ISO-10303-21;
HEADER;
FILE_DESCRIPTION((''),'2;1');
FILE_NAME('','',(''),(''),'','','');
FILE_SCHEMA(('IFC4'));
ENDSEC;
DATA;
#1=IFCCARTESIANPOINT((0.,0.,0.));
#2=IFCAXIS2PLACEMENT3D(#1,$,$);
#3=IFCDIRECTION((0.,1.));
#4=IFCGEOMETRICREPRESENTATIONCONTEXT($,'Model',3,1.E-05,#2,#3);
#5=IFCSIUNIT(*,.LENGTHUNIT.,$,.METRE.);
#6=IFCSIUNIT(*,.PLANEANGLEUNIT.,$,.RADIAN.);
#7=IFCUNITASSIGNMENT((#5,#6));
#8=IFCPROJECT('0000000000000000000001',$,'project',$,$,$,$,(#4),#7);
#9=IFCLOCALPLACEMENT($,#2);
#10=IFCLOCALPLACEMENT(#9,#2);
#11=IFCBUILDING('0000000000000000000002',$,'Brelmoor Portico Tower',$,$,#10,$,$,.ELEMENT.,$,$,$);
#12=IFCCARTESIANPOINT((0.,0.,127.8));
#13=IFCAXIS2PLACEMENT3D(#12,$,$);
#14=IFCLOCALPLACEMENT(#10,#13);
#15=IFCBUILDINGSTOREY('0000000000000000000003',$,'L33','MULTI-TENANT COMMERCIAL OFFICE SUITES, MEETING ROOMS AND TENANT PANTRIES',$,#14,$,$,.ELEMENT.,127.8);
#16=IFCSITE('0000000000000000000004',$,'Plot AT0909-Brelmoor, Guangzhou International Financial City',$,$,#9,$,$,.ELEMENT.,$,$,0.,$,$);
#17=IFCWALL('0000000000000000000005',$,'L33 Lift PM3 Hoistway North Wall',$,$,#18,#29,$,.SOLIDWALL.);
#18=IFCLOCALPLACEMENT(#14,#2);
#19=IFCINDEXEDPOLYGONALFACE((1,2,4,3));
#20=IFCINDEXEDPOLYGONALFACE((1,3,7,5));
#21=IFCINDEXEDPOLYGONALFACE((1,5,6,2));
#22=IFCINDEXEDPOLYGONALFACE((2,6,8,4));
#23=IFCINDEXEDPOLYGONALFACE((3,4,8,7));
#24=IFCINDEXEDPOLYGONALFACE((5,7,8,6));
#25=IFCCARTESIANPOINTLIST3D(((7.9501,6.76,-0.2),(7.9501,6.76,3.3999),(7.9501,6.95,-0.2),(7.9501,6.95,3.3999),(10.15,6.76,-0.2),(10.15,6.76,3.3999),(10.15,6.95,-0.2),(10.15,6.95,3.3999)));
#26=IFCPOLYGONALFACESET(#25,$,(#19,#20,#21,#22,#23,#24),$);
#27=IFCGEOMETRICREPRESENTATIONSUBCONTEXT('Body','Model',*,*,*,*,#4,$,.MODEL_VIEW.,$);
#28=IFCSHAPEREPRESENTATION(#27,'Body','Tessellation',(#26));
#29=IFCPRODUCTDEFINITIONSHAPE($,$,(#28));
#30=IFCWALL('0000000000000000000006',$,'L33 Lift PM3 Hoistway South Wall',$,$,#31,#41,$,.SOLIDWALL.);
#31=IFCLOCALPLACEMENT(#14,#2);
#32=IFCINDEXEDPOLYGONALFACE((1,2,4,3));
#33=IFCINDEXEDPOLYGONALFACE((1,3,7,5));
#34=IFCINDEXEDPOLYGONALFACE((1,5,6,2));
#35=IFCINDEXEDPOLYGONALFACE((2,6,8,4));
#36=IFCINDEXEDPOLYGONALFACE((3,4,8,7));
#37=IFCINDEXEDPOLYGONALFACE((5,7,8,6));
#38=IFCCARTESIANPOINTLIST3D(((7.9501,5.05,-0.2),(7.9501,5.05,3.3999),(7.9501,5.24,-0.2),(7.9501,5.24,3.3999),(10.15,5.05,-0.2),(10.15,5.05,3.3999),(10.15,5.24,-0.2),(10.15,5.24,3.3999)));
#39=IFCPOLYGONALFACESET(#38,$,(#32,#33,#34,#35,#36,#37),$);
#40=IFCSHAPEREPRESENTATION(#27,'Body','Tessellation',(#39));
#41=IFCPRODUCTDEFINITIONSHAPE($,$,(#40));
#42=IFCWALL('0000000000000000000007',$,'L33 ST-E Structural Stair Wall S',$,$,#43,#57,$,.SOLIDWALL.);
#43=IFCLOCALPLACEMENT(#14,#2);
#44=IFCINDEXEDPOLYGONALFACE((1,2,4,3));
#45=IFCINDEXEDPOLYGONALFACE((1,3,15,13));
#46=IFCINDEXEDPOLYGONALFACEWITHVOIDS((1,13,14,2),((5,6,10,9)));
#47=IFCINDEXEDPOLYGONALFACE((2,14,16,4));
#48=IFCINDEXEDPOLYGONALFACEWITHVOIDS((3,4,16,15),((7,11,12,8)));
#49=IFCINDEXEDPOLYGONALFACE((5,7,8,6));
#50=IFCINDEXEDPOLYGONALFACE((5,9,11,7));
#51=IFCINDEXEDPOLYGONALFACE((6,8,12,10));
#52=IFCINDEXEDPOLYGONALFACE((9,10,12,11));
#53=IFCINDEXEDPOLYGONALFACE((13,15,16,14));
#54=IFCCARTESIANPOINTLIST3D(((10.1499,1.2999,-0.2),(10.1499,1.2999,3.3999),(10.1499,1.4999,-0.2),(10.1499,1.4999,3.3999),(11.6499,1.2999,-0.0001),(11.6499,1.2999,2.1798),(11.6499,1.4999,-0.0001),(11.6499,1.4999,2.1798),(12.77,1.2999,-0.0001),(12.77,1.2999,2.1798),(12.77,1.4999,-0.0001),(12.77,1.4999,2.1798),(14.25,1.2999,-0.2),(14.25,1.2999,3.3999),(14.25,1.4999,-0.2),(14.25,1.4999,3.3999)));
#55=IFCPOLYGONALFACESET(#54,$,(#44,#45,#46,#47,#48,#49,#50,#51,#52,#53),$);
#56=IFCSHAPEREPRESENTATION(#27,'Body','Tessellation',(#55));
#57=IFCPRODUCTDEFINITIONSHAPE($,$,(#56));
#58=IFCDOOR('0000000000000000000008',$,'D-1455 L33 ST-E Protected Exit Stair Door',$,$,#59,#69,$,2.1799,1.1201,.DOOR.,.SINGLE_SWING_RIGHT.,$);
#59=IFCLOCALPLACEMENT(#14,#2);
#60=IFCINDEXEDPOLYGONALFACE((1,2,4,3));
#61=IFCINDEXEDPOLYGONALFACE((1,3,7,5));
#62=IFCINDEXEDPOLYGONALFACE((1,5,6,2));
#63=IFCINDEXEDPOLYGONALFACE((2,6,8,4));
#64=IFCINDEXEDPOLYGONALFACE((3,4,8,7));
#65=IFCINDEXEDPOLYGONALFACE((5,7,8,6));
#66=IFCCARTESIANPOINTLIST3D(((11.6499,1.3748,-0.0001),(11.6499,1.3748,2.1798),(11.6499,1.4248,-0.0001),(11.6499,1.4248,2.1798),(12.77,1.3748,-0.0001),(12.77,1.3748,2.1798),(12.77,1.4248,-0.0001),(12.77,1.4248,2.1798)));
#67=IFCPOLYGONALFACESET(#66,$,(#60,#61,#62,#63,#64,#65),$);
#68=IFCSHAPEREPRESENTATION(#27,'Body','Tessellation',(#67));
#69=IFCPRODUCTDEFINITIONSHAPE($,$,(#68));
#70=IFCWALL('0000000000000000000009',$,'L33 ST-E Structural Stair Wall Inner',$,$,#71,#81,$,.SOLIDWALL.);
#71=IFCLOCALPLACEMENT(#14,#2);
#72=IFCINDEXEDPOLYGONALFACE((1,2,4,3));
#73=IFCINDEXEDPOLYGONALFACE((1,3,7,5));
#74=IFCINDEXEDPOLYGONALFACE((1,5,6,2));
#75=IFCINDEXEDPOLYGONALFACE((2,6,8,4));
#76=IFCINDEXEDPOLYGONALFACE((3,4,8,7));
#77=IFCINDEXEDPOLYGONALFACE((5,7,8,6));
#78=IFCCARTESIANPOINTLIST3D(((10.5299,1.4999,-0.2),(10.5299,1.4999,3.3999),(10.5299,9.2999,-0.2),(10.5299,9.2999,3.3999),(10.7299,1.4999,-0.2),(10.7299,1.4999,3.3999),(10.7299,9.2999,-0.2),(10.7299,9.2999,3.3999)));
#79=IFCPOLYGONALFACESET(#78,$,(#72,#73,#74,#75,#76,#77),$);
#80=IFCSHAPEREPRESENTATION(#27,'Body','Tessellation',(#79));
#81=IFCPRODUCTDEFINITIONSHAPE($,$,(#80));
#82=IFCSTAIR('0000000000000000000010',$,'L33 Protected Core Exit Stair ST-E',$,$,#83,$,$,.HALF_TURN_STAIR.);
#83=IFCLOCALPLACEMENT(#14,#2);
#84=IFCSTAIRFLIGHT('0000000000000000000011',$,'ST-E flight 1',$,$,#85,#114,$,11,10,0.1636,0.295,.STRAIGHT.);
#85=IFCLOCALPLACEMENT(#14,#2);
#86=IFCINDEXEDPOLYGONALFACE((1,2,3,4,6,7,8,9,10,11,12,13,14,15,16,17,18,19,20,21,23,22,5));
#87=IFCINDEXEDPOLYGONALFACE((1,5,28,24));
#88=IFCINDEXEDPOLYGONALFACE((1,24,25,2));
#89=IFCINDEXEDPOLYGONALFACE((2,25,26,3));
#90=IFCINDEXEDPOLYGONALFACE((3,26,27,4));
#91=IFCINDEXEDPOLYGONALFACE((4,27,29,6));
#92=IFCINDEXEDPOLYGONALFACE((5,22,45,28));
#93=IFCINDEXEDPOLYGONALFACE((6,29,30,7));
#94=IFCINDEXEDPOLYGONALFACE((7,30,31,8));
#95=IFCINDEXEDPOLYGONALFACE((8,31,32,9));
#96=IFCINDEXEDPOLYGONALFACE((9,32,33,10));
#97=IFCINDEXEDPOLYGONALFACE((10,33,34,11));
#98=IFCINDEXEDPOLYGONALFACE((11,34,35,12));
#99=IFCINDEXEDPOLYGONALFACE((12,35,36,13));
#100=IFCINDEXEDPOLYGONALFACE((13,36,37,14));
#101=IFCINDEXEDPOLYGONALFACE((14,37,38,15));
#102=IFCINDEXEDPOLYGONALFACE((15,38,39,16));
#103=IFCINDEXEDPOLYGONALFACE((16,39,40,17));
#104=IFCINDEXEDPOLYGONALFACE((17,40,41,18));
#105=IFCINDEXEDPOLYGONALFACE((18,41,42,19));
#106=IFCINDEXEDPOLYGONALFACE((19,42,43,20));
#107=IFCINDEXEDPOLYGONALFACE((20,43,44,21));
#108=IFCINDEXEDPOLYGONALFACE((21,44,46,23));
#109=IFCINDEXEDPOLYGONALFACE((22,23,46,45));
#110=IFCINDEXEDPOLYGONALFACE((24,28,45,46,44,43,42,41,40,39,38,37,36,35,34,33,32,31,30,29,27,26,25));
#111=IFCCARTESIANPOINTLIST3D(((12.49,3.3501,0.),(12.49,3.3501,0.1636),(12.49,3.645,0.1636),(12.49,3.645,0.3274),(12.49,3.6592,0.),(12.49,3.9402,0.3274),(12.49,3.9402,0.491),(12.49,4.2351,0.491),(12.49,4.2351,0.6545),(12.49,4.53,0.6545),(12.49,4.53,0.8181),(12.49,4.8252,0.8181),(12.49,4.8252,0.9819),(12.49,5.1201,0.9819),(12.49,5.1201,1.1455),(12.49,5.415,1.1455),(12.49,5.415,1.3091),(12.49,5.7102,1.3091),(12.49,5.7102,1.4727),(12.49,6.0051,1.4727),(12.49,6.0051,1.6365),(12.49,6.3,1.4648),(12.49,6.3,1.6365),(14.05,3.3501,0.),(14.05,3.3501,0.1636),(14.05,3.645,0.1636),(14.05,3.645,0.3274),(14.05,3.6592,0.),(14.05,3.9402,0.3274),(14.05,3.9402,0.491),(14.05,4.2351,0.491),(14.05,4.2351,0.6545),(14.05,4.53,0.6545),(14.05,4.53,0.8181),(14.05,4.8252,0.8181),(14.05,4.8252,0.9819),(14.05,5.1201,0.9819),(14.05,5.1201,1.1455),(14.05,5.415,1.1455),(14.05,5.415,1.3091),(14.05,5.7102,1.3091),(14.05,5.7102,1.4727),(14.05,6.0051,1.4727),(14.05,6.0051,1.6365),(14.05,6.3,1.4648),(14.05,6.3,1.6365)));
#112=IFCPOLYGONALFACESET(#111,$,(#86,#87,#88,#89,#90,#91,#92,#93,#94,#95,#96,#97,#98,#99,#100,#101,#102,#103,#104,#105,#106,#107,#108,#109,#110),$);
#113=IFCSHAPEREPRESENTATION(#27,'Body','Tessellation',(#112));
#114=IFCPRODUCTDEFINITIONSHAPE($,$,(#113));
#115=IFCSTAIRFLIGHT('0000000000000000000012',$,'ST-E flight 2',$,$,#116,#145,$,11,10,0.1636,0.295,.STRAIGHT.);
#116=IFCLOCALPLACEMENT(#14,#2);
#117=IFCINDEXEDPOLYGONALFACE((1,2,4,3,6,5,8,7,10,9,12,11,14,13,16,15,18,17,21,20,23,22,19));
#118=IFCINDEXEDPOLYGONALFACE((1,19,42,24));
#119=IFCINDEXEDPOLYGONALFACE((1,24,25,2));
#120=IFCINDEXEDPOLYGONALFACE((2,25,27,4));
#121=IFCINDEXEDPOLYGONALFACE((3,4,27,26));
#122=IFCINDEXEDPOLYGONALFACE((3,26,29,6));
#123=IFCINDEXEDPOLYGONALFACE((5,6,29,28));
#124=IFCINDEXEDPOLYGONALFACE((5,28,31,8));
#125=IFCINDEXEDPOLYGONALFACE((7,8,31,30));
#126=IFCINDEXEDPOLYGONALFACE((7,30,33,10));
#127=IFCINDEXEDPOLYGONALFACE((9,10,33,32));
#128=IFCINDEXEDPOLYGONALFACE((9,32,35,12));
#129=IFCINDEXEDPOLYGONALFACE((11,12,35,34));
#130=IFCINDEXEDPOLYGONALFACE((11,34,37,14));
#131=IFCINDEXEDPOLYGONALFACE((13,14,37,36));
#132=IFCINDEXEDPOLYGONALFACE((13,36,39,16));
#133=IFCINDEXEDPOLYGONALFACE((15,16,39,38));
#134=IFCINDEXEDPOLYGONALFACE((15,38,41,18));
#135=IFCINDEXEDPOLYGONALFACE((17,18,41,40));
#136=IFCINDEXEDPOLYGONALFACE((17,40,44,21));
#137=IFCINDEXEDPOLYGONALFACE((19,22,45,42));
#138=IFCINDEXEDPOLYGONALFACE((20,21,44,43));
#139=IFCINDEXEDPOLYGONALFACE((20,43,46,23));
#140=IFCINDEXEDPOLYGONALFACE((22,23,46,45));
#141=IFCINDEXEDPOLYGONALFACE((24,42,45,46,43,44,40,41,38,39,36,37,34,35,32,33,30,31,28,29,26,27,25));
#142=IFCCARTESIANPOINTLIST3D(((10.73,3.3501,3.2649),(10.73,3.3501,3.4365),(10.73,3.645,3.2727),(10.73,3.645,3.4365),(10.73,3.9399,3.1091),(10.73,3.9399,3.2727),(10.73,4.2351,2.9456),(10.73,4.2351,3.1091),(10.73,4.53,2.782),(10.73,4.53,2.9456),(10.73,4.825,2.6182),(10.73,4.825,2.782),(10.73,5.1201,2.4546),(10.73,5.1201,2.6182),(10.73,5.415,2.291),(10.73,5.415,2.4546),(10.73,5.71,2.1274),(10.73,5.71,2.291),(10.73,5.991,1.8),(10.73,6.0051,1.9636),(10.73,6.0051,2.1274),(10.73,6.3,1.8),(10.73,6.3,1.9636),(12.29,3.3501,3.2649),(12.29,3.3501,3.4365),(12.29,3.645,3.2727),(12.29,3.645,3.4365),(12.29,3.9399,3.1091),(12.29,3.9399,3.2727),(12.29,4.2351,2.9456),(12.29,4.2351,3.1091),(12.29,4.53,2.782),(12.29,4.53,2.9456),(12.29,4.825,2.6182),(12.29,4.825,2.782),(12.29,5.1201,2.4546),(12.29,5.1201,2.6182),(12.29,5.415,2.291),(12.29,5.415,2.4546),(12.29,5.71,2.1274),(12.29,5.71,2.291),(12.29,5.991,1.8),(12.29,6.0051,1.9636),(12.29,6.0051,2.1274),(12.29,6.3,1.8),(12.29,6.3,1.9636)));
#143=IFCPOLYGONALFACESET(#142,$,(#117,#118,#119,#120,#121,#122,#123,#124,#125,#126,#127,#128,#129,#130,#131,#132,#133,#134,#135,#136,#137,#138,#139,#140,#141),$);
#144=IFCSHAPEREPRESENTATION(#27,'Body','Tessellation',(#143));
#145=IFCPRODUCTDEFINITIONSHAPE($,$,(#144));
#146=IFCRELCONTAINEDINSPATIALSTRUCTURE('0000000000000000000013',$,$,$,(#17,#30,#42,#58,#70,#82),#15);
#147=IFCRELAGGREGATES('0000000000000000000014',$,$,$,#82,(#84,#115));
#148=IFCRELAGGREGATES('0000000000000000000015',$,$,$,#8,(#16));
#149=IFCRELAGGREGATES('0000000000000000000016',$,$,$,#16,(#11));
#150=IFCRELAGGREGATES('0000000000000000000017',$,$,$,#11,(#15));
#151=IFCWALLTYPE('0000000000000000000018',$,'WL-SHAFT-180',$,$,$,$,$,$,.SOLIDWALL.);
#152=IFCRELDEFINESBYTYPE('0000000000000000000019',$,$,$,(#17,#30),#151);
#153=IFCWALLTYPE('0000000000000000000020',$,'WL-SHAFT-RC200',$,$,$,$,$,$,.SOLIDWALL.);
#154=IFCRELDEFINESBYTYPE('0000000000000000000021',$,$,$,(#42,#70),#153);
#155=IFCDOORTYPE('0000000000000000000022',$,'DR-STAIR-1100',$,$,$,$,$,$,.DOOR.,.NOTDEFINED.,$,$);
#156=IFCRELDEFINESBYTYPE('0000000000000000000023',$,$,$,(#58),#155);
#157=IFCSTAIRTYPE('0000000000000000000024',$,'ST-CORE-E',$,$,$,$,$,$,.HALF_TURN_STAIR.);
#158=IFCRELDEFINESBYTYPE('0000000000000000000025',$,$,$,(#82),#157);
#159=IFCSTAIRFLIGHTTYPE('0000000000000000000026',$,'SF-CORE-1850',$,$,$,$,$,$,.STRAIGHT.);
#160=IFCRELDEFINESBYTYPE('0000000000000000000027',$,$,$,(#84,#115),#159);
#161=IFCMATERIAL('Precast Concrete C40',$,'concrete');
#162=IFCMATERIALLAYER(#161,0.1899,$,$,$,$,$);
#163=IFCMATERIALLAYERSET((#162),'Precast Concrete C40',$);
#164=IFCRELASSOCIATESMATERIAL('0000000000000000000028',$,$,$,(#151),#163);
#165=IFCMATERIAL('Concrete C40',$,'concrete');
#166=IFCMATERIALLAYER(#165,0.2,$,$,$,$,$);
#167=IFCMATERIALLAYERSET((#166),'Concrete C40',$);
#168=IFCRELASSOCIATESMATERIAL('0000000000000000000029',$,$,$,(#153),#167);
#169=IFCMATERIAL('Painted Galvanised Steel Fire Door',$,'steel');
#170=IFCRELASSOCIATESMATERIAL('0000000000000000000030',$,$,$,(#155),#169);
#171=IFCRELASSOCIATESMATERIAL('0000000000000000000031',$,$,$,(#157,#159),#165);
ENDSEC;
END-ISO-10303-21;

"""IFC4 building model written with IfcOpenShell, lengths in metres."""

from ifc_helpers import new_model, si_unit, direction, frame, frame_2d, origin, place, context, subcontext, project, spatial, polyline, rectangle, outline, extrude, material, layer, layer_set, type_object, element, fill, aggregate, save


model = new_model("IFC4")

# Units and contexts
model_context = context("Model", 3, precision=1e-05, world=origin(), true_north=direction((0.0, 1.0)))
body_context = subcontext(model_context, "Body", "Model", "MODEL_VIEW")
ifc_project = project(units=[si_unit("LENGTHUNIT", "METRE"), si_unit("PLANEANGLEUNIT", "RADIAN")], contexts=[model_context])

# Site, building, storey
site_placement = place(None, origin())
site = spatial("IfcSite", under=ifc_project, at=site_placement, Name="Plot AT0909-Brelmoor, Guangzhou International Financial City", CompositionType="ELEMENT", RefElevation=0.0)
building_placement = place(site_placement, origin())
building = spatial("IfcBuilding", under=site, at=building_placement, Name="Brelmoor Portico Tower", CompositionType="ELEMENT")
storey_placement = place(building_placement, frame((0.0, 0.0, 127.8)))
storey = spatial("IfcBuildingStorey", under=building, at=storey_placement, Name="L33", Description="MULTI-TENANT COMMERCIAL OFFICE SUITES, MEETING ROOMS AND TENANT PANTRIES", CompositionType="ELEMENT", Elevation=127.8)

# Shared definitions
ifc_material_1 = material(Name="Precast Concrete C40", Category="concrete")
ifc_layer_1 = layer(ifc_material_1, 0.1899)
ifc_layer_set_1 = layer_set([ifc_layer_1], Name="Precast Concrete C40")
wall_type_1 = type_object("IfcWallType", Name="WL-SHAFT-180", PredefinedType="SOLIDWALL", material=ifc_layer_set_1)

# Walls
for number, where, z_axis, x_axis, name in (
    (1, (7.95, 6.855, -0.2), (0.0, 0.0, 1.0), (1.0, 0.0, 0.0), "L33 Lift PM3 Hoistway North Wall"),
    (2, (7.95, 5.145, -0.2), (0.0, 0.0, 1.0), (1.0, 0.0, 0.0), "L33 Lift PM3 Hoistway South Wall"),
):
    element("IfcWall", number, at=place(storey_placement, frame(where, z_axis=z_axis, x_axis=x_axis)), inside=storey, type_object=wall_type_1, Name=name, PredefinedType="SOLIDWALL", context=body_context, shape_type="SweptSolid", body=[
        extrude(rectangle(XDim=2.2, YDim=0.1899, at=frame_2d((1.1001, 0.0))), origin(), (0.0, 0.0, 1.0), 3.5999),
    ])

# Wall, opening, door
ifc_material_2 = material(Name="Concrete C40", Category="concrete")
ifc_layer_2 = layer(ifc_material_2, 0.2)
ifc_layer_set_2 = layer_set([ifc_layer_2], Name="Concrete C40")
wall_type_2 = type_object("IfcWallType", Name="WL-SHAFT-RC200", PredefinedType="SOLIDWALL", material=ifc_layer_set_2)
wall_1_placement = place(storey_placement, frame((10.1499, 1.3999, -0.2), z_axis=(0.0, 0.0, 1.0), x_axis=(1.0, 0.0, 0.0)))
wall_1 = element("IfcWall", 3, at=wall_1_placement, inside=storey, type_object=wall_type_2, Name="L33 ST-E Structural Stair Wall S", PredefinedType="SOLIDWALL", context=body_context, shape_type="SweptSolid", body=[
    extrude(rectangle(XDim=4.1001, YDim=0.2, at=frame_2d((2.05, 0.0))), origin(), (0.0, 0.0, 1.0), 3.5999),
])
opening_1_placement = place(wall_1_placement, frame((1.5, 0.0, 0.2)))
opening_1 = element("IfcOpeningElement", 4, at=opening_1_placement, cuts=wall_1, PredefinedType="OPENING", context=body_context, shape_type="SweptSolid", body=[
    extrude(rectangle(XDim=1.1201, YDim=2.1799, at=frame_2d((0.5601, 1.0898))), frame((0.0, 0.1099, 0.0), z_axis=(0.0, -1.0, 0.0), x_axis=(1.0, 0.0, 0.0)), (0.0, 0.0, 1.0), 0.22),
])
ifc_material_3 = material(Name="Painted Galvanised Steel Fire Door", Category="steel")
door_type_1 = type_object("IfcDoorType", Name="DR-STAIR-1100", OperationType="NOTDEFINED", PredefinedType="DOOR", material=ifc_material_3)
door_1_placement = place(opening_1_placement, origin())
door_1 = element("IfcDoor", 5, at=door_1_placement, inside=storey, type_object=door_type_1, Name="D-1455 L33 ST-E Protected Exit Stair Door", OperationType="SINGLE_SWING_RIGHT", OverallHeight=2.1799, OverallWidth=1.1201, PredefinedType="DOOR", context=body_context, shape_type="SweptSolid", body=[
    extrude(rectangle(XDim=1.1201, YDim=2.1799, at=frame_2d((0.5601, 1.0898))), frame((0.0, 0.0249, 0.0), z_axis=(0.0, -1.0, 0.0), x_axis=(1.0, 0.0, 0.0)), (0.0, 0.0, 1.0), 0.05),
])
fill(opening_1, door_1)

# Wall
wall_2_placement = place(storey_placement, frame((10.6299, 1.5, -0.2), z_axis=(0.0, 0.0, 1.0), x_axis=(0.0, 1.0, 0.0)))
element("IfcWall", 6, at=wall_2_placement, inside=storey, type_object=wall_type_2, Name="L33 ST-E Structural Stair Wall Inner", PredefinedType="SOLIDWALL", context=body_context, shape_type="SweptSolid", body=[
    extrude(rectangle(XDim=7.8, YDim=0.2, at=frame_2d((3.8999, 0.0))), origin(), (0.0, 0.0, 1.0), 3.5999),
])

# Stair, stair flights
stair_type = type_object("IfcStairType", Name="ST-CORE-E", PredefinedType="HALF_TURN_STAIR", material=ifc_material_2)
stair_placement = place(storey_placement, origin())
stair = element("IfcStair", 7, at=stair_placement, inside=storey, type_object=stair_type, Name="L33 Protected Core Exit Stair ST-E", PredefinedType="HALF_TURN_STAIR")
stair_flight_type = type_object("IfcStairFlightType", Name="SF-CORE-1850", PredefinedType="STRAIGHT", material=ifc_material_2)
stair_flight_1_placement = place(storey_placement, frame((13.27, 3.3501, 0.0), z_axis=(0.0, 0.0, 1.0), x_axis=(0.0, 1.0, 0.0)))
stair_flight_1 = element("IfcStairFlight", 8, at=stair_flight_1_placement, type_object=stair_flight_type, Name="ST-E flight 1", NumberOfRisers=11, NumberOfTreads=10, PredefinedType="STRAIGHT", RiserHeight=0.1636, TreadLength=0.295, context=body_context, shape_type="SweptSolid", body=[
    extrude(outline(polyline([(0.0, 0.0), (0.0, 0.1636), (0.2949, 0.1636), (0.2949, 0.3274), (0.5901, 0.3274), (0.5901, 0.491), (0.885, 0.491), (0.885, 0.6545), (1.1799, 0.6545), (1.1799, 0.8181), (1.4751, 0.8181), (1.4751, 0.9819), (1.77, 0.9819), (1.77, 1.1455), (2.0649, 1.1455), (2.0649, 1.3091), (2.3601, 1.3091), (2.3601, 1.4727), (2.655, 1.4727), (2.655, 1.6365), (2.95, 1.6365), (2.95, 1.8), (2.95, 1.4648), (0.3091, 0.0), (0.0, 0.0)])), frame((0.0, 0.78, 0.0), z_axis=(0.0, -1.0, 0.0), x_axis=(1.0, 0.0, 0.0)), (0.0, 0.0, 1.0), 1.5601),
])
stair_flight_2_placement = place(storey_placement, frame((11.51, 6.3, 1.8), z_axis=(0.0, 0.0, 1.0), x_axis=(0.0, -1.0, 0.0)))
stair_flight_2 = element("IfcStairFlight", 9, at=stair_flight_2_placement, type_object=stair_flight_type, Name="ST-E flight 2", NumberOfRisers=11, NumberOfTreads=10, PredefinedType="STRAIGHT", RiserHeight=0.1636, TreadLength=0.295, context=body_context, shape_type="SweptSolid", body=[
    extrude(outline(polyline([(0.0, 0.0), (0.0, 0.1636), (0.2949, 0.1636), (0.2949, 0.3274), (0.5901, 0.3274), (0.5901, 0.491), (0.885, 0.491), (0.885, 0.6545), (1.1799, 0.6545), (1.1799, 0.8181), (1.4751, 0.8181), (1.4751, 0.9819), (1.77, 0.9819), (1.77, 1.1455), (2.0649, 1.1455), (2.0649, 1.3091), (2.3601, 1.3091), (2.3601, 1.4727), (2.655, 1.4727), (2.655, 1.6365), (2.95, 1.6365), (2.95, 1.8), (2.95, 1.4648), (0.3091, 0.0), (0.0, 0.0)])), frame((0.0, 0.78, 0.0), z_axis=(0.0, -1.0, 0.0), x_axis=(1.0, 0.0, 0.0)), (0.0, 0.0, 1.0), 1.5601),
])
aggregate(stair, [stair_flight_1, stair_flight_2])

save(model, "model.ifc")
